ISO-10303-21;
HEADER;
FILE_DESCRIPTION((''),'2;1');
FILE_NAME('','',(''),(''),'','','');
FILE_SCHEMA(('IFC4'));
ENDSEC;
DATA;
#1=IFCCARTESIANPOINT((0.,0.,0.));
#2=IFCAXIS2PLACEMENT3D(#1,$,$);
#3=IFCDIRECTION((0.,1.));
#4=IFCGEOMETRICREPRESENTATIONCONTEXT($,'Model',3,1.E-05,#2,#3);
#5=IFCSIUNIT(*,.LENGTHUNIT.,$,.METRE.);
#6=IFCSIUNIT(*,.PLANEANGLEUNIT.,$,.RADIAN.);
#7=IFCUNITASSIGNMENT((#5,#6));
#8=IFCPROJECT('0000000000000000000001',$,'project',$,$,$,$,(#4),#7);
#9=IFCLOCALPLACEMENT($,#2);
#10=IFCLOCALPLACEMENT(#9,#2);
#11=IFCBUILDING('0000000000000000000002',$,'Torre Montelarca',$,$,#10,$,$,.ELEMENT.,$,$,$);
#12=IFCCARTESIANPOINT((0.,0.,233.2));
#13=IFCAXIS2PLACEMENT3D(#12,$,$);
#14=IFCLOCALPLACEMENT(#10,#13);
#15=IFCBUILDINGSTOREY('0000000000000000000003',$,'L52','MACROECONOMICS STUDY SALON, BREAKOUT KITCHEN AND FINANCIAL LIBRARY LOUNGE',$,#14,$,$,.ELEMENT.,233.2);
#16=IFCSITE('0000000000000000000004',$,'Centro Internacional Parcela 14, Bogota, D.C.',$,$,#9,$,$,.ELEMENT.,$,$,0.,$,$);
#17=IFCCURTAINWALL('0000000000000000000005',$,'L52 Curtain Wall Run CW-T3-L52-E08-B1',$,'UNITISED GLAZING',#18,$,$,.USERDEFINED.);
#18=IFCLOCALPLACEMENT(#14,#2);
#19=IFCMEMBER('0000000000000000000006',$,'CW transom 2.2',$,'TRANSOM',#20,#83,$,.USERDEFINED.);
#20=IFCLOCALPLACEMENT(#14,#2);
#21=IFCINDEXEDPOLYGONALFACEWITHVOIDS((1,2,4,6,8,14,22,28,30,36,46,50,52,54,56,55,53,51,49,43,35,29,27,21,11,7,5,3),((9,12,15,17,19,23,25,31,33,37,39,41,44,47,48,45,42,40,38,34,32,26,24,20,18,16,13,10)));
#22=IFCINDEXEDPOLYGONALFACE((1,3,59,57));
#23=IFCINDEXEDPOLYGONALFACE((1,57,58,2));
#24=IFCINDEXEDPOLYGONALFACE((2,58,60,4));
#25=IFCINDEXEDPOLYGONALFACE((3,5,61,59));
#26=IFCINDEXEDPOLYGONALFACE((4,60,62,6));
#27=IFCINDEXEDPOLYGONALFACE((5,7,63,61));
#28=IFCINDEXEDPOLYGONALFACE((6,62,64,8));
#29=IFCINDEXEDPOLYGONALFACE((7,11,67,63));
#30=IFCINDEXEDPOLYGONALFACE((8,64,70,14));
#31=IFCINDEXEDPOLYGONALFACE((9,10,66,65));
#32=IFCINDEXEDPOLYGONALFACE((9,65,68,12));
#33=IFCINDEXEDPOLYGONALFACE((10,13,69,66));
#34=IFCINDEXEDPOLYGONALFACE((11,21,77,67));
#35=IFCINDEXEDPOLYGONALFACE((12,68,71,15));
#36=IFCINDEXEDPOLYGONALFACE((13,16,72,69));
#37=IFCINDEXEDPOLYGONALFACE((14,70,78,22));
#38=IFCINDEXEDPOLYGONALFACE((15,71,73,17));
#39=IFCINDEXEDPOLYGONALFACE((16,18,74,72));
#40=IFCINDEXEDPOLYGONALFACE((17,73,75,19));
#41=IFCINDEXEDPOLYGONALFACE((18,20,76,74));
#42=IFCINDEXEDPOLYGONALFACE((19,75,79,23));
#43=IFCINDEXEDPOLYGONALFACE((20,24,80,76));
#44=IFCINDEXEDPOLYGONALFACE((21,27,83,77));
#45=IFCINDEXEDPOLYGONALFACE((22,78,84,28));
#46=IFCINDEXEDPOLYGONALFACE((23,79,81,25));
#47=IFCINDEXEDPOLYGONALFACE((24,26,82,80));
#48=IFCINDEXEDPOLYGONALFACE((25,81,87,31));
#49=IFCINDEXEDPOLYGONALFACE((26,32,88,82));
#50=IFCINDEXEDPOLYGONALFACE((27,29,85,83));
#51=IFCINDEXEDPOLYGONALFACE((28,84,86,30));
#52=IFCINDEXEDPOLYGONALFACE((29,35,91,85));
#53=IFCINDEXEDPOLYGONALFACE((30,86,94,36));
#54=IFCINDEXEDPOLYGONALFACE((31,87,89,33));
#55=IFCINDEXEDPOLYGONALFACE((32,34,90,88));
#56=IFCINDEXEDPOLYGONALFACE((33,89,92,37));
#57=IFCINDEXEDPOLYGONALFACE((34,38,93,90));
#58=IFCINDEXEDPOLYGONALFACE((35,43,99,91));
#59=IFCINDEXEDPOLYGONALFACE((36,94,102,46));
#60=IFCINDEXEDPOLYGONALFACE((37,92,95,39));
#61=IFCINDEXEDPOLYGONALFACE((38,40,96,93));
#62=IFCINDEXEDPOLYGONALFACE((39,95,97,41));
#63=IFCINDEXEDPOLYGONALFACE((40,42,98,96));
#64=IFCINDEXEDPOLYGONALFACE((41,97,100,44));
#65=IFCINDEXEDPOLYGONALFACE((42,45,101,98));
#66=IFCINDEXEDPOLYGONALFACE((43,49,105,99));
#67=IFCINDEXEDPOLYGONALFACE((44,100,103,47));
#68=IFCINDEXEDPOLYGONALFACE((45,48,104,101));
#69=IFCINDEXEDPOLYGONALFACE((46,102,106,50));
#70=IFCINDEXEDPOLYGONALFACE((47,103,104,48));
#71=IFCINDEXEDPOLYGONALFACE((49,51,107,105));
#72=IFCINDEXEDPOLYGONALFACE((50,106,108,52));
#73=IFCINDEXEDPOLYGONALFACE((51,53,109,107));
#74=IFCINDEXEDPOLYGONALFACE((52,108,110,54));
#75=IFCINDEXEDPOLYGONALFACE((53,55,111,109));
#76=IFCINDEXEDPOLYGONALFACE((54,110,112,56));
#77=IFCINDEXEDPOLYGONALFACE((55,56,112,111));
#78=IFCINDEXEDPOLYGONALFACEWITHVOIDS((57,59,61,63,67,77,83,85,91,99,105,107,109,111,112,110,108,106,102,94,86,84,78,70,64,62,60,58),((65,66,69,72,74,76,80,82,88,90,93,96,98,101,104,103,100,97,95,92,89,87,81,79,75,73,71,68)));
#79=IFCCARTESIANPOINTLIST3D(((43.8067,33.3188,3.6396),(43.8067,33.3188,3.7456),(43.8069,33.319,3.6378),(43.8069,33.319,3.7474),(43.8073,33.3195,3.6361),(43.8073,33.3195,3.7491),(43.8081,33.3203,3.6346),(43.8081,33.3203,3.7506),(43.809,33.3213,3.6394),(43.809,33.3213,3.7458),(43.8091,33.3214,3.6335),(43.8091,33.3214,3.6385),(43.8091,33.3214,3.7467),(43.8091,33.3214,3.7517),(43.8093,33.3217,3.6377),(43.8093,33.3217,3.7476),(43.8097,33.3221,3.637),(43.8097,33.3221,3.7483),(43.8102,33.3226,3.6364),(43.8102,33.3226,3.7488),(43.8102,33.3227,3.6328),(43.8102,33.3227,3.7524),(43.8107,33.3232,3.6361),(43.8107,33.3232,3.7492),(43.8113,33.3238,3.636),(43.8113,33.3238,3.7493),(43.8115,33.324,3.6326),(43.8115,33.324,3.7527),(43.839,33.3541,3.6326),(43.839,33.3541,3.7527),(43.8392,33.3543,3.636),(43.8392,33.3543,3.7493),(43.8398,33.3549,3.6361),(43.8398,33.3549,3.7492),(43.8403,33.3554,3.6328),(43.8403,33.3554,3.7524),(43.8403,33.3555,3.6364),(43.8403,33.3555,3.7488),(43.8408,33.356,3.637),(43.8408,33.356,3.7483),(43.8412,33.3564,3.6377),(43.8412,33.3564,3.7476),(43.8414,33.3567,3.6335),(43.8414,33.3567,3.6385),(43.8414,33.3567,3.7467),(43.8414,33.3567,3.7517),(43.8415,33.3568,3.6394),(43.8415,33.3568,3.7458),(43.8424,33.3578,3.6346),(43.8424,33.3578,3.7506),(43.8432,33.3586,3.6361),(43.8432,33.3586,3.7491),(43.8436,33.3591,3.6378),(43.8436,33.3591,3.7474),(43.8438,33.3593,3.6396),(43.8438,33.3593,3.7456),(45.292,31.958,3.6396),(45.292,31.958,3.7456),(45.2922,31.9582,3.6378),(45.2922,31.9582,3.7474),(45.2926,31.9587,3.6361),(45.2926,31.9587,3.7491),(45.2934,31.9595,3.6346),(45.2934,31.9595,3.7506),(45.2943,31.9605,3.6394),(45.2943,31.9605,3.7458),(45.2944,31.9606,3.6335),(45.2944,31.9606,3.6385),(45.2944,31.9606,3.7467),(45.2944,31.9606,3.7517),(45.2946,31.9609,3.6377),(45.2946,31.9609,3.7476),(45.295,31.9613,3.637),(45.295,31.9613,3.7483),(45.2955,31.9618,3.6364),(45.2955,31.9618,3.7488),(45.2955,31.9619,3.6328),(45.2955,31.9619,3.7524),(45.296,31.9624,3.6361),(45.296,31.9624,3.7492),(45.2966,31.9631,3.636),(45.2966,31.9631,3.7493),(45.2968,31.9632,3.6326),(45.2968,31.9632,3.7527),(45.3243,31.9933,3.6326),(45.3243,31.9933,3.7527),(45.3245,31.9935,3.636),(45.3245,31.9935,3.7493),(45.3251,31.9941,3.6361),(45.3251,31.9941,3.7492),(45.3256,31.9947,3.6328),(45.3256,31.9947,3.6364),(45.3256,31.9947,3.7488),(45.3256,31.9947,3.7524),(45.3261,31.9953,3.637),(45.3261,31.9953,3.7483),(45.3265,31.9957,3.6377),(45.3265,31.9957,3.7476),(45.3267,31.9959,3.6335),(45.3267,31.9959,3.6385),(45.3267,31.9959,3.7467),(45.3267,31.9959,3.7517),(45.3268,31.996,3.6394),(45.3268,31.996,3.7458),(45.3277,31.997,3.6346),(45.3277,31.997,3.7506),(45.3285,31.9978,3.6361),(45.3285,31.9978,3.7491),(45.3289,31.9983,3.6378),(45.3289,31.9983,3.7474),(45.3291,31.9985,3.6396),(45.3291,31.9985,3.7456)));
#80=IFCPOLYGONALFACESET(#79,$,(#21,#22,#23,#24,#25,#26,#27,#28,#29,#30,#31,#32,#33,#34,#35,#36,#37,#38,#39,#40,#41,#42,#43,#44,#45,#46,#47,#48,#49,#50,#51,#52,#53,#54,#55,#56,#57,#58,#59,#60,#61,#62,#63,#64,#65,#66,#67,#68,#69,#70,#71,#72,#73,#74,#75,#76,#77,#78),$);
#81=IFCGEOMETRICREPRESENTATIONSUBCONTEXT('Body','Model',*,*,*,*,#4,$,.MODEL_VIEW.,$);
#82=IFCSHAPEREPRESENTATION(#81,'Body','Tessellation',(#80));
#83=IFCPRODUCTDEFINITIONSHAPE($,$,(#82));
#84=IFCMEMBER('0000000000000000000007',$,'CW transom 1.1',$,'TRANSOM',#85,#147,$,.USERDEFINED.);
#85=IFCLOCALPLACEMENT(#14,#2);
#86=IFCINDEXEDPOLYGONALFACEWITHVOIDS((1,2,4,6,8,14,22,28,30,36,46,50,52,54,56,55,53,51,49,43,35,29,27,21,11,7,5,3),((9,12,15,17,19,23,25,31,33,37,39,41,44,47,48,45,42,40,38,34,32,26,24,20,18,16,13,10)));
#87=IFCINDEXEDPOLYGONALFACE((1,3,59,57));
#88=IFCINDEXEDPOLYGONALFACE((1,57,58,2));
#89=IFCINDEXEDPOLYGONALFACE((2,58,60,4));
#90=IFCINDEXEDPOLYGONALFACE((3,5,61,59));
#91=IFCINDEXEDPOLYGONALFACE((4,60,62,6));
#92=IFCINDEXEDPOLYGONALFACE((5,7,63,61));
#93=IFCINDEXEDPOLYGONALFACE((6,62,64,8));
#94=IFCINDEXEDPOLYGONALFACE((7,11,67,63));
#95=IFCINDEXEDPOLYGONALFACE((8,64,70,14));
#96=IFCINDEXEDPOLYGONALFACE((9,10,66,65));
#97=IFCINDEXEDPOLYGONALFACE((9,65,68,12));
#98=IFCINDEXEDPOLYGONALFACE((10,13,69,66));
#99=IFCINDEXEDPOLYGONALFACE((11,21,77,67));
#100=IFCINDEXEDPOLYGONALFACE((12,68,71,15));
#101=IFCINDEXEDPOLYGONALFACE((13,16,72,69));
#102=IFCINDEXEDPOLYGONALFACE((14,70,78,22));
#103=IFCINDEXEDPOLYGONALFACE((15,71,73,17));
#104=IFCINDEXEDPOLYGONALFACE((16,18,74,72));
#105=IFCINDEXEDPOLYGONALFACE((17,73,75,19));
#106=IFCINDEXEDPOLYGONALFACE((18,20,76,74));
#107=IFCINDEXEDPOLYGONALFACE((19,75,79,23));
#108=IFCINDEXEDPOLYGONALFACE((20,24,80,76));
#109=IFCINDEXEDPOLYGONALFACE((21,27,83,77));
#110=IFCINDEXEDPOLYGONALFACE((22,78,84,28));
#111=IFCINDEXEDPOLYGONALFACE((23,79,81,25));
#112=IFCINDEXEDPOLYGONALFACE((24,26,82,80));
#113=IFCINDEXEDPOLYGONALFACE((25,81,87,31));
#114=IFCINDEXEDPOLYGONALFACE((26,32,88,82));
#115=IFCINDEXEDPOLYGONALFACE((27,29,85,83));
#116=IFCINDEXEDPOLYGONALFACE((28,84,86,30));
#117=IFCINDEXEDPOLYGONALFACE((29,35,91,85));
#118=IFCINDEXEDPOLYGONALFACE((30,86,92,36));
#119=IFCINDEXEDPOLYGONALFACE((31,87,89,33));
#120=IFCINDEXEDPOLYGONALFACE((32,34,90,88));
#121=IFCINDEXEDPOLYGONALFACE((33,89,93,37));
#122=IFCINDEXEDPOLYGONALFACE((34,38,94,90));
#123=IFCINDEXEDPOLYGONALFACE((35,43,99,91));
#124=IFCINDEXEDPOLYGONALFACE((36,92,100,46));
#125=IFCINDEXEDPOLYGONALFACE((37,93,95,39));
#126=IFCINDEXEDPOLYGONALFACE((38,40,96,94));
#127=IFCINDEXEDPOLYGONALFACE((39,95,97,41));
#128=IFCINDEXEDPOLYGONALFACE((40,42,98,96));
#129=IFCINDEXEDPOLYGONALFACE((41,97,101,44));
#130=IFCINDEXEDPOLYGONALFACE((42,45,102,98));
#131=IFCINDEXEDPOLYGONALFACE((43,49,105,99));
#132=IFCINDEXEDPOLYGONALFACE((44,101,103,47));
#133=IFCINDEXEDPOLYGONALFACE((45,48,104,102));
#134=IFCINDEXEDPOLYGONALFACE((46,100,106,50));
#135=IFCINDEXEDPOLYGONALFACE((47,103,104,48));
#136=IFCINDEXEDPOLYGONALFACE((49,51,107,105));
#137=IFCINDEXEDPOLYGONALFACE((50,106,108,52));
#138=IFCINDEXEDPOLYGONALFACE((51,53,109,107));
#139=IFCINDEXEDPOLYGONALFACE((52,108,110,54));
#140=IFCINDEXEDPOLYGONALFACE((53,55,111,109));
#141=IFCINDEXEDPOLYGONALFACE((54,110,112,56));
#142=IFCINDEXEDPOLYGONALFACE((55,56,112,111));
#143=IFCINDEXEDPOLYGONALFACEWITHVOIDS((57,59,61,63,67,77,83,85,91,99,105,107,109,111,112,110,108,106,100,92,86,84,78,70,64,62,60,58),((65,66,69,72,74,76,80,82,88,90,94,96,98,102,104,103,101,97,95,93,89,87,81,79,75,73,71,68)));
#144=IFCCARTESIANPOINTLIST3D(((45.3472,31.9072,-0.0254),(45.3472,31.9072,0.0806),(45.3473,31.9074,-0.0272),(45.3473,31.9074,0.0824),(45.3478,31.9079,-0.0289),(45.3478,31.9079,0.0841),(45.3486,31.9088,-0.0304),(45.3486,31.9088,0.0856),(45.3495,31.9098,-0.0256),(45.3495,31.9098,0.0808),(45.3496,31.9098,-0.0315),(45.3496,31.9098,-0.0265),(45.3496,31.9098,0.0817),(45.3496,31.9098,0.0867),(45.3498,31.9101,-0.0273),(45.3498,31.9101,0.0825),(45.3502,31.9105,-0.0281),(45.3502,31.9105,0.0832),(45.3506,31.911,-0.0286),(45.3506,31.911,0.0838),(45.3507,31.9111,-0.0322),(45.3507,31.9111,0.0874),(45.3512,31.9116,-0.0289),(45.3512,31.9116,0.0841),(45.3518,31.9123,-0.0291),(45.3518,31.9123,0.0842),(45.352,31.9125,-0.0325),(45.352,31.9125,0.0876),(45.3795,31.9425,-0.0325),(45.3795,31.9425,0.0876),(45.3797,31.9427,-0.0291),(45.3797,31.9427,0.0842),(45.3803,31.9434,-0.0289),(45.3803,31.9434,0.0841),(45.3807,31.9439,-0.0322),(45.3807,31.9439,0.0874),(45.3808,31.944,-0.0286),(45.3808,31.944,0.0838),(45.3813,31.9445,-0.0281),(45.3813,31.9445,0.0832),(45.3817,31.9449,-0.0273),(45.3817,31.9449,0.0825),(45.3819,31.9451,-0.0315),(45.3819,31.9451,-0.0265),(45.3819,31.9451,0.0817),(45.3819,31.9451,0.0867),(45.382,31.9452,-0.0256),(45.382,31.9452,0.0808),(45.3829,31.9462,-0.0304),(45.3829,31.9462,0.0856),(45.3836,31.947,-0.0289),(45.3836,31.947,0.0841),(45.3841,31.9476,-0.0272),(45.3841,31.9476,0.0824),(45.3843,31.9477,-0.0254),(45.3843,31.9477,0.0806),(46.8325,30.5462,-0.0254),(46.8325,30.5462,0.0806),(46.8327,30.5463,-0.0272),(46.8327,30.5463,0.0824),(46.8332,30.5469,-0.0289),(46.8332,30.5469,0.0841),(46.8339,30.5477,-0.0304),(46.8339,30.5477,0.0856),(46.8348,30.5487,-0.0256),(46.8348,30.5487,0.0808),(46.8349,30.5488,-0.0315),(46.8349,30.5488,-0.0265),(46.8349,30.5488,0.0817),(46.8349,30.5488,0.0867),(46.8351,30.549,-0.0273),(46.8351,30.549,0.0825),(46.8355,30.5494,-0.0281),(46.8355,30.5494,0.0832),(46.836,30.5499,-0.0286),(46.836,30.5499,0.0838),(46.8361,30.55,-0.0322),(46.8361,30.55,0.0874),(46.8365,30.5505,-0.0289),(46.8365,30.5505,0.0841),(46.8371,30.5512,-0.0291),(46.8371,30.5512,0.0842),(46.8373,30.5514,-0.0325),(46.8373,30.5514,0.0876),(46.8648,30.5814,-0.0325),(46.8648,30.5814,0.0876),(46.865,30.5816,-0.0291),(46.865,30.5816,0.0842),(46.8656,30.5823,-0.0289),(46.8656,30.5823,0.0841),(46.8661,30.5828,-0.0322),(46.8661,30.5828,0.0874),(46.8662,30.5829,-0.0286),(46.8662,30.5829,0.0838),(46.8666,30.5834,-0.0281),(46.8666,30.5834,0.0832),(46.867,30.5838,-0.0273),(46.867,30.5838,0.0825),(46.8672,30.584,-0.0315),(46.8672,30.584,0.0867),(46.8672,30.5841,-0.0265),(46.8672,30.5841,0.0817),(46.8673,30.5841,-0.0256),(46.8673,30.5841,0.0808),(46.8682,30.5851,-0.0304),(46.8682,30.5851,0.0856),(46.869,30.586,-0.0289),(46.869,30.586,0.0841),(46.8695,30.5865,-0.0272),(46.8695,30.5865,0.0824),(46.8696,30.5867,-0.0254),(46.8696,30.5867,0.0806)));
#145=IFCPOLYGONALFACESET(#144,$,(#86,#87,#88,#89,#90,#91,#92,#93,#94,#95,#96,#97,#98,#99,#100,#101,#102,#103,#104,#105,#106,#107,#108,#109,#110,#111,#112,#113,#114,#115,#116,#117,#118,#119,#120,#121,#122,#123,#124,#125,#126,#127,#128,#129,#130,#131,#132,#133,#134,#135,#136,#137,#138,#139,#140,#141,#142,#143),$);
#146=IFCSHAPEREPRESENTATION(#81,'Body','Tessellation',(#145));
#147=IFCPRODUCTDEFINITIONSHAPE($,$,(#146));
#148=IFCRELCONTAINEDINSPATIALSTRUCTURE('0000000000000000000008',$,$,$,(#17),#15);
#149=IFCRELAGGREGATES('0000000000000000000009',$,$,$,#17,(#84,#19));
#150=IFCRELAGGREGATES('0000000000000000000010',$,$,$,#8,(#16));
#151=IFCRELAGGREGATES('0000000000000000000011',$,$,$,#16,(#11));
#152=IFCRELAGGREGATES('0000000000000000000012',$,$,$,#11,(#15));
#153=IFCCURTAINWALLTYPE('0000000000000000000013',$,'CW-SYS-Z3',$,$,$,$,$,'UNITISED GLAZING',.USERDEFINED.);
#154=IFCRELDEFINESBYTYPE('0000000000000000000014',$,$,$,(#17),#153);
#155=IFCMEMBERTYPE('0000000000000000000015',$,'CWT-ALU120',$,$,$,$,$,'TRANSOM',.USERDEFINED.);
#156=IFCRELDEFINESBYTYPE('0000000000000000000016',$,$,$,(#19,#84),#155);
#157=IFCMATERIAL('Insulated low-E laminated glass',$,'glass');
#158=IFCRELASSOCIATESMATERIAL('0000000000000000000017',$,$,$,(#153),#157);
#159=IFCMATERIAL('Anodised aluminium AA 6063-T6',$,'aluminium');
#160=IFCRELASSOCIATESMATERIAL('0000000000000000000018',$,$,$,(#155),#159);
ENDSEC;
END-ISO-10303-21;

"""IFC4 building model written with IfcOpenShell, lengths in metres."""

from ifc_helpers import new_model, si_unit, direction, frame, origin, origin_2d, place, context, subcontext, project, spatial, hollow_rectangle, extrude, source, transform, mapped, material, material_profile, profile_set, type_object, element, aggregate, save


model = new_model("IFC4")

# Units and contexts
model_context = context("Model", 3, precision=1e-05, world=origin(), true_north=direction((0.0, 1.0)))
body_context = subcontext(model_context, "Body", "Model", "MODEL_VIEW")
ifc_project = project(units=[si_unit("LENGTHUNIT", "METRE"), si_unit("PLANEANGLEUNIT", "RADIAN")], contexts=[model_context])

# Site, building, storey
site_placement = place(None, origin())
site = spatial("IfcSite", under=ifc_project, at=site_placement, Name="Centro Internacional Parcela 14, Bogota, D.C.", CompositionType="ELEMENT", RefElevation=0.0)
building_placement = place(site_placement, origin())
building = spatial("IfcBuilding", under=site, at=building_placement, Name="Torre Montelarca", CompositionType="ELEMENT")
storey_placement = place(building_placement, frame((0.0, 0.0, 233.2)))
storey = spatial("IfcBuildingStorey", under=building, at=storey_placement, Name="L52", Description="MACROECONOMICS STUDY SALON, BREAKOUT KITCHEN AND FINANCIAL LIBRARY LOUNGE", CompositionType="ELEMENT", Elevation=233.2)

# Curtain wall
ifc_material_1 = material(Name="Insulated low-E laminated glass", Category="glass")
curtain_wall_type = type_object("IfcCurtainWallType", Name="CW-SYS-Z3", ElementType="UNITISED GLAZING", PredefinedType="USERDEFINED", material=ifc_material_1)
ifc_material_2 = material(Name="Anodised aluminium AA 6063-T6", Category="aluminium")
ifc_material_profile_1 = material_profile(ifc_material_2, hollow_rectangle(XDim=0.0549, YDim=0.1201, WallThickness=0.0034, InnerFilletRadius=0.0034, OuterFilletRadius=0.0071, at=origin_2d()), Name="ALU55X120X3.5", Category="aluminium")
ifc_profile_set_1 = profile_set([ifc_material_profile_1], Name="Anodised aluminium AA 6063-T6")
member_type_1 = type_object("IfcMemberType", Name="CWT-ALU120", ElementType="TRANSOM", PredefinedType="USERDEFINED", material=ifc_profile_set_1)
curtain_wall_1_placement = place(storey_placement, origin())
curtain_wall_1 = element("IfcCurtainWall", 1, at=curtain_wall_1_placement, inside=storey, type_object=curtain_wall_type, Name="L52 Curtain Wall Run CW-T3-L52-E08-B1", ObjectType="UNITISED GLAZING", PredefinedType="USERDEFINED")

# Members
shared_shape_1 = source(origin(), body_context, "Body", "SweptSolid", [
    extrude(hollow_rectangle(XDim=0.0549, YDim=0.1201, WallThickness=0.0034, InnerFilletRadius=0.0034, OuterFilletRadius=0.0071, at=origin_2d()), origin(), (0.0, 0.0, 1.0), 2.0144),
])
member_1_placement = place(storey_placement, frame((45.3105, 31.9783, 3.6926), z_axis=(-0.737335, 0.675527, 0.0), x_axis=(-0.675527, -0.737335, 0.0)))
member_1 = element("IfcMember", 2, at=member_1_placement, type_object=member_type_1, Name="CW transom 2.2", ObjectType="TRANSOM", PredefinedType="USERDEFINED", context=body_context, shape_type="MappedRepresentation", body=[
    mapped(shared_shape_1, transform((0.0, 0.0, 0.0), scale=1.0)),
])
shared_shape_2 = source(origin(), body_context, "Body", "SweptSolid", [
    extrude(hollow_rectangle(XDim=0.0549, YDim=0.1201, WallThickness=0.0034, InnerFilletRadius=0.0034, OuterFilletRadius=0.0071, at=origin_2d()), origin(), (0.0, 0.0, 1.0), 2.0146),
])
member_2_placement = place(storey_placement, frame((46.8511, 30.5664, 0.0276), z_axis=(-0.737275, 0.675593, 0.0), x_axis=(-0.675593, -0.737275, 0.0)))
member_2 = element("IfcMember", 3, at=member_2_placement, type_object=member_type_1, Name="CW transom 1.1", ObjectType="TRANSOM", PredefinedType="USERDEFINED", context=body_context, shape_type="MappedRepresentation", body=[
    mapped(shared_shape_2, transform((0.0, 0.0, 0.0), scale=1.0)),
])

aggregate(curtain_wall_1, [member_2, member_1])

save(model, "model.ifc")
